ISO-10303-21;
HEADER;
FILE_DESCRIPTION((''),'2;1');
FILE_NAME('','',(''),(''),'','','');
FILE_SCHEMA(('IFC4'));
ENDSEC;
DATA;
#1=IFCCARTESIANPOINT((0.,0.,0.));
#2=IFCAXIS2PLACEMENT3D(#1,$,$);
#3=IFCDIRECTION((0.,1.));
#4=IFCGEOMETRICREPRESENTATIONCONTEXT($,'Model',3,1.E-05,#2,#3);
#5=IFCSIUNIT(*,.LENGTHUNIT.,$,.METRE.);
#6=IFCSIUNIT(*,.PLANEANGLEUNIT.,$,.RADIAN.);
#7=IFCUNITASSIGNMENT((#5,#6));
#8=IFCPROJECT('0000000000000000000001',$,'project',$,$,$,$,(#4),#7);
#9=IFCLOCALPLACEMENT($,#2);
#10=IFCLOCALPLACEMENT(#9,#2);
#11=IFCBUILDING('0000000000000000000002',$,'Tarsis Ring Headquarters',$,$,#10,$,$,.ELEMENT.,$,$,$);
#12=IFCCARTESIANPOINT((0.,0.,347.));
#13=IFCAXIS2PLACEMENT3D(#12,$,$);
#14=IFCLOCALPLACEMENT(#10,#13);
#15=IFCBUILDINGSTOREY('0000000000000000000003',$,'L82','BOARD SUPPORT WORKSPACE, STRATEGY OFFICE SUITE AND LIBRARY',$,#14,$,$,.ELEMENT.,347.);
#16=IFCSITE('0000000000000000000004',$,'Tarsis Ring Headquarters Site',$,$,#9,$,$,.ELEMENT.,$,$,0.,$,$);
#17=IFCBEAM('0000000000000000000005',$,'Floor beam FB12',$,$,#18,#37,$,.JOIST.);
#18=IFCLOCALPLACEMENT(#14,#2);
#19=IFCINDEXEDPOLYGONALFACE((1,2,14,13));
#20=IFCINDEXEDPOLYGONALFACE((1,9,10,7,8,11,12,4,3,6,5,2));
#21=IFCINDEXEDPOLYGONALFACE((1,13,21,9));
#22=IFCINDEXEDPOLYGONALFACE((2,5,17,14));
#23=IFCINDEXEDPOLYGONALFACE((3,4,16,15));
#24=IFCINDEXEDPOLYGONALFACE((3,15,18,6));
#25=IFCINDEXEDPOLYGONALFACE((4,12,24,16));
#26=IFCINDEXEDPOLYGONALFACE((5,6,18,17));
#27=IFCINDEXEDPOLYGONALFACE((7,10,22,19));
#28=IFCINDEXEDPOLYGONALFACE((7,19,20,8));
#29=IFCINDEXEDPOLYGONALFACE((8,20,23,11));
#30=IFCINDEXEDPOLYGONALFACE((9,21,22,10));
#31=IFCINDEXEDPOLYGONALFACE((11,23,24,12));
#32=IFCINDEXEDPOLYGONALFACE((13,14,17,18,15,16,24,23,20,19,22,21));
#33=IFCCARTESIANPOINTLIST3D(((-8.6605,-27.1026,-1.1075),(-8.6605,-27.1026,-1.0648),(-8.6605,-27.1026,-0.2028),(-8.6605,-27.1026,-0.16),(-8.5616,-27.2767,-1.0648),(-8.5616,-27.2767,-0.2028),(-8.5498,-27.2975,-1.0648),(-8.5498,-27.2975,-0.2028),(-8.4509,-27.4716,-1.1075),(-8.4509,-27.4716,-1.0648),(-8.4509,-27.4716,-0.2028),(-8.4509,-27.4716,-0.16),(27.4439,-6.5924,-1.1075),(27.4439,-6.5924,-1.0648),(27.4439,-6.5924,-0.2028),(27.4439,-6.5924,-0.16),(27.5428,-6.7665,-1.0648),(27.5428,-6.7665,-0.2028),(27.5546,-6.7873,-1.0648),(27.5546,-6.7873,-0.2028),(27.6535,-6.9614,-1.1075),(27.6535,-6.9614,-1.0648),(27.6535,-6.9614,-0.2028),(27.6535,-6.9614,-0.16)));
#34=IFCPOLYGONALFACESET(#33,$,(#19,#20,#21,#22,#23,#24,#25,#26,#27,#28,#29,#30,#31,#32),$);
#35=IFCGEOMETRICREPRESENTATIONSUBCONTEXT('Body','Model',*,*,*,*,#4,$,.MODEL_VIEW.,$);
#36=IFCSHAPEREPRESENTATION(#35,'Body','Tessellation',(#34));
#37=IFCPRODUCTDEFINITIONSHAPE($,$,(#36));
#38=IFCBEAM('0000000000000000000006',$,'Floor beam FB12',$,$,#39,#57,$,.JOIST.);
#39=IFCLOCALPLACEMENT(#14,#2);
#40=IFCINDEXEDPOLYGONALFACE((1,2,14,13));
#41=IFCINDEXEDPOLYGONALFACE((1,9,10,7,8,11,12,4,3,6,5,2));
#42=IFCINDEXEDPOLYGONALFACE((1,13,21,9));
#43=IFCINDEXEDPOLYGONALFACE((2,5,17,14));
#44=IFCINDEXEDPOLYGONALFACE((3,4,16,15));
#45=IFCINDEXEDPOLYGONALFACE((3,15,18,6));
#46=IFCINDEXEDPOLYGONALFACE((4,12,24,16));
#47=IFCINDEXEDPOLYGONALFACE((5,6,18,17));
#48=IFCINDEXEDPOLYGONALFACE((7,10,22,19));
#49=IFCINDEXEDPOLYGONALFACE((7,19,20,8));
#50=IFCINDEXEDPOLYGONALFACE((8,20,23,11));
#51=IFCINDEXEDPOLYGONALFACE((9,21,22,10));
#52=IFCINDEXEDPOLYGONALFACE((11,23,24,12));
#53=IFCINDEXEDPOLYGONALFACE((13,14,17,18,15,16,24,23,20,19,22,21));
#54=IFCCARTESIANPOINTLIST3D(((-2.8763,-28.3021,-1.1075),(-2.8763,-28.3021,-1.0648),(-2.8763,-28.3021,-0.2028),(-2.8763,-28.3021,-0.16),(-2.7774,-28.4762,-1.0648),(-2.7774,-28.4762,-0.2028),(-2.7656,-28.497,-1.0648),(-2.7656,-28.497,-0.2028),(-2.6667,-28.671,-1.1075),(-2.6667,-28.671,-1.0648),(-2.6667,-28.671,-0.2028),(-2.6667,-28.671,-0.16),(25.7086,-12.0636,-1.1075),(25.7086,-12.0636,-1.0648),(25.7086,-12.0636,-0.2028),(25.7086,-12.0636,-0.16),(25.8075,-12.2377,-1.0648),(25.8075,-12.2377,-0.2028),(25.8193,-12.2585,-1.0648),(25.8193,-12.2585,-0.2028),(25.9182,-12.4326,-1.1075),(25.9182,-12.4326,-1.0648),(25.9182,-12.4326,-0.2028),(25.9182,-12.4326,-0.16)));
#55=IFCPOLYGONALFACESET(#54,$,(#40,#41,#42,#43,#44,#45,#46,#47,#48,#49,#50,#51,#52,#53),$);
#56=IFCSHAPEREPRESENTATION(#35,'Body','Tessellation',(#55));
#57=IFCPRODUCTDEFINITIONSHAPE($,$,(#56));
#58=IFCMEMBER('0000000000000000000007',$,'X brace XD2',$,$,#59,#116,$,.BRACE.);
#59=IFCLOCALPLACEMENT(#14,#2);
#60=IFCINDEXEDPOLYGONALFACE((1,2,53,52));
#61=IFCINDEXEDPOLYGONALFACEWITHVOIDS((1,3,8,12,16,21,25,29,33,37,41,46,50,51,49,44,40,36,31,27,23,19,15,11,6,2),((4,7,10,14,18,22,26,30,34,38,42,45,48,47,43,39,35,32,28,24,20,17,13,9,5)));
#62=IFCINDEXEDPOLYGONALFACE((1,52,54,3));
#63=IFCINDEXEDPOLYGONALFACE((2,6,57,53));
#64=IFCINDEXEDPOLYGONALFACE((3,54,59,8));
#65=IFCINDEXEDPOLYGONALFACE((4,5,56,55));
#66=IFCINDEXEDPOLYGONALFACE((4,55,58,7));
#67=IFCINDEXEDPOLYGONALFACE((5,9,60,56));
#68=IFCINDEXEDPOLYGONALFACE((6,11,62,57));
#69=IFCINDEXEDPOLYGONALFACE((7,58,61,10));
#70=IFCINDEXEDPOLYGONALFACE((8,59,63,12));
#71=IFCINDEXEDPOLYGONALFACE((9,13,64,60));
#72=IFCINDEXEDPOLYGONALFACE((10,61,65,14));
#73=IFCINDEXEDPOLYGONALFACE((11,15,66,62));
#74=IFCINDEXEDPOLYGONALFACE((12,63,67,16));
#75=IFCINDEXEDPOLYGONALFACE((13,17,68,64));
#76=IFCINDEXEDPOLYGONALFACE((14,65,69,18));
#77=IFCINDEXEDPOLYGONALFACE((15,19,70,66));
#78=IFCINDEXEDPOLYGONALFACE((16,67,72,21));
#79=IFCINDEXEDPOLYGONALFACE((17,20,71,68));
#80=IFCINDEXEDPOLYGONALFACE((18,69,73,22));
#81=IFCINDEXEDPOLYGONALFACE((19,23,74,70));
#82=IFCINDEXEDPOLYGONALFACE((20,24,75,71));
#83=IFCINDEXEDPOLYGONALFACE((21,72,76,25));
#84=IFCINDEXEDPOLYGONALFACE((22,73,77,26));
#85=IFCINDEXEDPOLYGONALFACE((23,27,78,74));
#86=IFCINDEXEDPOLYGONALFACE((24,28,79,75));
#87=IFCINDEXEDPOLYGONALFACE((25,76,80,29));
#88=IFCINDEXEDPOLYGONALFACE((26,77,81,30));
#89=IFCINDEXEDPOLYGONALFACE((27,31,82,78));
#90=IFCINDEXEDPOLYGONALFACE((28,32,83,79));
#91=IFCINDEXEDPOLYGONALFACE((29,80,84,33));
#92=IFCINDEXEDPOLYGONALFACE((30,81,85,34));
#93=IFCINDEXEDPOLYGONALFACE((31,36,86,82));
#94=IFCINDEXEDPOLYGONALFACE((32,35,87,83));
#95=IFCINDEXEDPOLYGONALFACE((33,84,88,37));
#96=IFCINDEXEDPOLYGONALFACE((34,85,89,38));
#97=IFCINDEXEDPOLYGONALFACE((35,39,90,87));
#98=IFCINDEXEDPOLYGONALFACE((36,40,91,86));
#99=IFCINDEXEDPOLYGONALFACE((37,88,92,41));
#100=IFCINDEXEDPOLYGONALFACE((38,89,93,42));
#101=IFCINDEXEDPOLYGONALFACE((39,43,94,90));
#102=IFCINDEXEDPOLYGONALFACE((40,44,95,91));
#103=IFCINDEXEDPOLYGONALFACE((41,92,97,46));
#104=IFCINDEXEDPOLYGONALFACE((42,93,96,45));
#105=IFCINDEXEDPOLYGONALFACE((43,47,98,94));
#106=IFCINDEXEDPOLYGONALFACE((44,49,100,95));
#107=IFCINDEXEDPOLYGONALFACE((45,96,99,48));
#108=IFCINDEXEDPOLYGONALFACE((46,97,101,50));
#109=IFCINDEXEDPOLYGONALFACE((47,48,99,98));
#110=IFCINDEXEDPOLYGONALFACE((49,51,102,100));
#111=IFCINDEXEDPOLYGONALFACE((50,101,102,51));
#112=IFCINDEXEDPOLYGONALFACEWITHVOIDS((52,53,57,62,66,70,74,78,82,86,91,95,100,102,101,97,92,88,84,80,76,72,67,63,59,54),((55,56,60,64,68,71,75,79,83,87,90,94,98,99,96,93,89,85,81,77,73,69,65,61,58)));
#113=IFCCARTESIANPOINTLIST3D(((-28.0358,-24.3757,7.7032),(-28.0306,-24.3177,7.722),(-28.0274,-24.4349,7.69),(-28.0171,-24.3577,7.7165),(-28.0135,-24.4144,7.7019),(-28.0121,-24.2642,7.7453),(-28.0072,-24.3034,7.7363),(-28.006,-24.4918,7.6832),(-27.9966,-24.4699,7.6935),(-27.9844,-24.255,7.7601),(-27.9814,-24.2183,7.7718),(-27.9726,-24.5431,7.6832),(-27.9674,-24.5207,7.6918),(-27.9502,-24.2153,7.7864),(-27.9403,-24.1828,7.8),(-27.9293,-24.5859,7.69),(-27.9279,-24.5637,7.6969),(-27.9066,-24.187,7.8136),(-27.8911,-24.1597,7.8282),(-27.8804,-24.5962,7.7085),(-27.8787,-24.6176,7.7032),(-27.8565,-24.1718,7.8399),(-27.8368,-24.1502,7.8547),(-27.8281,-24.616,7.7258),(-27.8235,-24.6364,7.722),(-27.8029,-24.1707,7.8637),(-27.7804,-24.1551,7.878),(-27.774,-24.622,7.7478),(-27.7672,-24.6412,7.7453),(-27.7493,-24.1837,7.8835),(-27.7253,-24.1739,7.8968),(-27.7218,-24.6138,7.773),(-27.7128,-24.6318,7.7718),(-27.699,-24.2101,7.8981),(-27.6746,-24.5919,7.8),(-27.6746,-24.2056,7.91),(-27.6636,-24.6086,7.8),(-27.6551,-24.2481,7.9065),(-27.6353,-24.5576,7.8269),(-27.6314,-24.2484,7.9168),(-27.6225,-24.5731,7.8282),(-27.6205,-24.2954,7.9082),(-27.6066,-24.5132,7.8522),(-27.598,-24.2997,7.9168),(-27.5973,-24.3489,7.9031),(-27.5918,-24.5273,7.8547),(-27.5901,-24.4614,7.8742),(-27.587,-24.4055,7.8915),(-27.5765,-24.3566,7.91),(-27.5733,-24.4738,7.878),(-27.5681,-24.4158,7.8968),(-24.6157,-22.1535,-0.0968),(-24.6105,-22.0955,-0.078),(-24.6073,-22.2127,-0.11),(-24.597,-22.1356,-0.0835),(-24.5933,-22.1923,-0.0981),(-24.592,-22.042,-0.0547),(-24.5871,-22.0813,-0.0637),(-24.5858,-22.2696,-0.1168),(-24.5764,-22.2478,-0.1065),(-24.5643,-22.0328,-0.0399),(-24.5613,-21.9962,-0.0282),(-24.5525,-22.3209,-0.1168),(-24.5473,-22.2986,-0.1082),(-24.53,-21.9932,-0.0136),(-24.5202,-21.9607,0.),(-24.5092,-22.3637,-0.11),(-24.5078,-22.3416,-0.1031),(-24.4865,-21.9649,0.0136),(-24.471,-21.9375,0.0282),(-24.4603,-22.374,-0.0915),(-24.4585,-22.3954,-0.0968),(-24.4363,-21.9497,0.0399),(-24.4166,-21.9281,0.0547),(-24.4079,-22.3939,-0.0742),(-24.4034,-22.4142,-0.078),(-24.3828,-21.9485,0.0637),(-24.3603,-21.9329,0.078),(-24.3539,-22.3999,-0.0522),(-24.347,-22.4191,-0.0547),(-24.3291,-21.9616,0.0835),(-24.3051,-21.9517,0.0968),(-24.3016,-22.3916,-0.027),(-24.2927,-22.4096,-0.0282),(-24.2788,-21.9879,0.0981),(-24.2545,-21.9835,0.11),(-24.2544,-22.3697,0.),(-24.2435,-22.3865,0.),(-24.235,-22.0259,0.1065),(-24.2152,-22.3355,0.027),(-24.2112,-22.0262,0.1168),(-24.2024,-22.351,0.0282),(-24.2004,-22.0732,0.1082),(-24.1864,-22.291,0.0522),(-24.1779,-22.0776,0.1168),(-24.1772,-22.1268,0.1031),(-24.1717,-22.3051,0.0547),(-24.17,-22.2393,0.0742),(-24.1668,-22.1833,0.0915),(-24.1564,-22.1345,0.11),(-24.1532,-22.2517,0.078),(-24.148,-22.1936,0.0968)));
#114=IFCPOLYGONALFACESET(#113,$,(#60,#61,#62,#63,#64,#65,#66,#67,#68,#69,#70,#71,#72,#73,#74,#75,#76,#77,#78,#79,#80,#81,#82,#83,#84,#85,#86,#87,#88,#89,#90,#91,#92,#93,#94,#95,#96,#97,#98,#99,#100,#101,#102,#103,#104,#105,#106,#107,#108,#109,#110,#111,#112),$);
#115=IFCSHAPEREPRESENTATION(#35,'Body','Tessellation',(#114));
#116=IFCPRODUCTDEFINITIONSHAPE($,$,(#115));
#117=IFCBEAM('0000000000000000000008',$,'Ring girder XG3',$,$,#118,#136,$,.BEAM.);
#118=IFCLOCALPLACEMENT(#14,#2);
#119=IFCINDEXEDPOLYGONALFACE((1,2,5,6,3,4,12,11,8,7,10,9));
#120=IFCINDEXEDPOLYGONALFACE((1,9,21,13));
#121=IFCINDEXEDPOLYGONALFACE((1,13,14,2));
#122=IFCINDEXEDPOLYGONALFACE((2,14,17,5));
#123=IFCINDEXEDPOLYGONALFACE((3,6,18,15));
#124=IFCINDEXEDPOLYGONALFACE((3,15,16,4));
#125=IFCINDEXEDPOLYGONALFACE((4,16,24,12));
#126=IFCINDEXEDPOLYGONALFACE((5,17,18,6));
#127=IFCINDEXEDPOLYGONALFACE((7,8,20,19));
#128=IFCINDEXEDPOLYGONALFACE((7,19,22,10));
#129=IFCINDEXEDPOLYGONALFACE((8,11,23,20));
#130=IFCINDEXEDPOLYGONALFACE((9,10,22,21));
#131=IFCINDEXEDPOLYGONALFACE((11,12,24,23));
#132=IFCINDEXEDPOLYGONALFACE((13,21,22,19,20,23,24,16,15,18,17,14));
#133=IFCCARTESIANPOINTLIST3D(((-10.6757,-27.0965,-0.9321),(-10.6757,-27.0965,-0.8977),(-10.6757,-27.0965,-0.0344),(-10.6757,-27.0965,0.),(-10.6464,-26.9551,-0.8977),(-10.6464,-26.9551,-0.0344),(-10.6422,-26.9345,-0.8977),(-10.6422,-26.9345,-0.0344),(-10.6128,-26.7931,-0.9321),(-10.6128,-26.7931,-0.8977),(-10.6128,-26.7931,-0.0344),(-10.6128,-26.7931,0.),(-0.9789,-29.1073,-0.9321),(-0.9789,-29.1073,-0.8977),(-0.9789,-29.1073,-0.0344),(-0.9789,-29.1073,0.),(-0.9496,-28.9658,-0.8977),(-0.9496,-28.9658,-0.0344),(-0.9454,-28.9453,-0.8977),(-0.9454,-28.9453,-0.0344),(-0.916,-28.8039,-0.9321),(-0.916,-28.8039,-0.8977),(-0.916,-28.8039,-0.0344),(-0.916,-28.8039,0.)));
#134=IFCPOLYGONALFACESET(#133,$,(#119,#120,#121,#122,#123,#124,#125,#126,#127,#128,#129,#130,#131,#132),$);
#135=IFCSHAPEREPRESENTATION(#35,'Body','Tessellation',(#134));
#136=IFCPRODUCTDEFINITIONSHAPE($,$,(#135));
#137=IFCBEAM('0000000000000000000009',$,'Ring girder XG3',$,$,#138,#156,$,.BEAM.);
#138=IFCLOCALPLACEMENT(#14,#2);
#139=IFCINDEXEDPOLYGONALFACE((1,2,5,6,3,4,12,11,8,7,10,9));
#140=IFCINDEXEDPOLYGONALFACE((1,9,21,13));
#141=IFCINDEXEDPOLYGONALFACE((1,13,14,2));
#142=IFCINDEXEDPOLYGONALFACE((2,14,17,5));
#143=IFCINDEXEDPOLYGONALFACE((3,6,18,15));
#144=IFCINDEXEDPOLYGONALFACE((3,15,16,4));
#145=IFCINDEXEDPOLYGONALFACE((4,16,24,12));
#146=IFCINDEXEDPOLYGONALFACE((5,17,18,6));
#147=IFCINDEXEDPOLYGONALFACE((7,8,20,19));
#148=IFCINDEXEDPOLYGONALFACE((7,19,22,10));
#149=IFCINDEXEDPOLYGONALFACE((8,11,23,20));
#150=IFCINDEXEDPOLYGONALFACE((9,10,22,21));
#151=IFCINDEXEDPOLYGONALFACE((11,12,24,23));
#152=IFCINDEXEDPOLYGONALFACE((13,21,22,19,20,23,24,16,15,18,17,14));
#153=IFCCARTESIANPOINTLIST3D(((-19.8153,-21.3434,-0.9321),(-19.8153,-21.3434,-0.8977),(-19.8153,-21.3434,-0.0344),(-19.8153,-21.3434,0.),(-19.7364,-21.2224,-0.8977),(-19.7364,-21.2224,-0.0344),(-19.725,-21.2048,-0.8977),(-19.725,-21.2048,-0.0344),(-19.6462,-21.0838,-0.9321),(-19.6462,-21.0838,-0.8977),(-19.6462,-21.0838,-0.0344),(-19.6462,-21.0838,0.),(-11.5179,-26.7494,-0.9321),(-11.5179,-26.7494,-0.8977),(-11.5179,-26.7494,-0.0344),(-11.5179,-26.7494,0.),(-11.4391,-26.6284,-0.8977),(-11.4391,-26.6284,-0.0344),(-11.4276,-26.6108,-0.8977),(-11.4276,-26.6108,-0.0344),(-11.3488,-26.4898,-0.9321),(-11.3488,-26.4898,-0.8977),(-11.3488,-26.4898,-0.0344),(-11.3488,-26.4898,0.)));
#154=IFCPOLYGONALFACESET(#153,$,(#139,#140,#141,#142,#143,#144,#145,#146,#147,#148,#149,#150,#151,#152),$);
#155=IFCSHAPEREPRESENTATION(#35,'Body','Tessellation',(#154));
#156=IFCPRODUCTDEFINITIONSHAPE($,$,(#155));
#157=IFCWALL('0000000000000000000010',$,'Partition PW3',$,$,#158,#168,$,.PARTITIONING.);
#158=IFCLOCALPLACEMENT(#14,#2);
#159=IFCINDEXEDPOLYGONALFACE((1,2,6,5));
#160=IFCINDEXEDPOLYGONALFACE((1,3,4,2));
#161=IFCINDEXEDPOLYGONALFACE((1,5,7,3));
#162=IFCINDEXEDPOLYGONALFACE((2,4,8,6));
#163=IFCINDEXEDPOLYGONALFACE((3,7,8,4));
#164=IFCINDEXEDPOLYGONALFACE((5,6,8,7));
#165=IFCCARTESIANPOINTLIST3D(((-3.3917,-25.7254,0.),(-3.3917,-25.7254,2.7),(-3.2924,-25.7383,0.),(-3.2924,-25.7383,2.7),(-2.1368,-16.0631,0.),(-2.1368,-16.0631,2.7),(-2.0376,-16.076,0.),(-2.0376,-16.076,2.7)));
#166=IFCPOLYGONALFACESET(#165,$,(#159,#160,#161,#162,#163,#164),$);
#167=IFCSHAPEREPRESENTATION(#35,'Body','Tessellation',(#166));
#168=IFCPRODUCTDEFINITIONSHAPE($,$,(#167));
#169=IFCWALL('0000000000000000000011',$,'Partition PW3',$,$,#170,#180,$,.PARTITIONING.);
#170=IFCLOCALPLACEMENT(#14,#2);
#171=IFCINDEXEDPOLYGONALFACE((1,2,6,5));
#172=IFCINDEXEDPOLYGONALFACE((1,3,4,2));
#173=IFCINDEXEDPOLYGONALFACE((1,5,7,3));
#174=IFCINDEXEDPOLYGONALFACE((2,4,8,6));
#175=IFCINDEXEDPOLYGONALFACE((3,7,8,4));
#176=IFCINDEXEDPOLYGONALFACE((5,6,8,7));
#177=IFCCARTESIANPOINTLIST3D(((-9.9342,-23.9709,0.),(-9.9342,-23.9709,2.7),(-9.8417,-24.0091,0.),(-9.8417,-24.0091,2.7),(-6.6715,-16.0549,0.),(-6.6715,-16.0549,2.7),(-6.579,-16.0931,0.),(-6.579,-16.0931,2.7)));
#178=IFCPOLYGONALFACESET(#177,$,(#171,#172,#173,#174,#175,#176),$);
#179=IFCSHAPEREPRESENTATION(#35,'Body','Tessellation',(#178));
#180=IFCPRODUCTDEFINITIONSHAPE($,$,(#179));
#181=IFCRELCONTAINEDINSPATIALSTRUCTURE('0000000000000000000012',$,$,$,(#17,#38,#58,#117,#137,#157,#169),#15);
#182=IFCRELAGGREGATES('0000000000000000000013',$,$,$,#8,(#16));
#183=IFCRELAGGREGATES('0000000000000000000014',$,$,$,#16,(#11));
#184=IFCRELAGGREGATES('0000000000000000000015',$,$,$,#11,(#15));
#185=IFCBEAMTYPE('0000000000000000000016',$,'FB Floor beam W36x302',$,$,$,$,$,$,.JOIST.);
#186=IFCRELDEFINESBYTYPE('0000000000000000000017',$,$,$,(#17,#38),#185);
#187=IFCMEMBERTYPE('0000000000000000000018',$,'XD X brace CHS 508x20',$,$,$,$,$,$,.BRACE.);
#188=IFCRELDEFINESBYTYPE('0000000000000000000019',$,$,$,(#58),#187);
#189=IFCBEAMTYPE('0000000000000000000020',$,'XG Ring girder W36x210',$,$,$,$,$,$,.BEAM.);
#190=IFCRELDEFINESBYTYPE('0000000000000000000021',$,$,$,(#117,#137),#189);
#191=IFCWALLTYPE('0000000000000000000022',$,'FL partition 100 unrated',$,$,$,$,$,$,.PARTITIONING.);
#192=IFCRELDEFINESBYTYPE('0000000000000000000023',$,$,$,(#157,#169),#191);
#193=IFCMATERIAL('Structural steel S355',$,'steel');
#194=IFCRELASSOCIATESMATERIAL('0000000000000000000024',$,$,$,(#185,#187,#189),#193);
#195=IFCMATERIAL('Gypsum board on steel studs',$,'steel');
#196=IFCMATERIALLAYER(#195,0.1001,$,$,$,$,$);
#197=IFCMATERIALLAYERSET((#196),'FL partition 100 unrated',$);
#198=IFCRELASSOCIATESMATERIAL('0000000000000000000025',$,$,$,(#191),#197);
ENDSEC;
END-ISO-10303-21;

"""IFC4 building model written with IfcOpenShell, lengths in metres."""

from ifc_helpers import new_model, si_unit, direction, frame, frame_2d, origin, origin_2d, place, context, subcontext, project, spatial, rectangle, hollow_circle, i_section, extrude, material, layer, layer_set, material_profile, profile_set, type_object, element, save


model = new_model("IFC4")

# Units and contexts
model_context = context("Model", 3, precision=1e-05, world=origin(), true_north=direction((0.0, 1.0)))
body_context = subcontext(model_context, "Body", "Model", "MODEL_VIEW")
ifc_project = project(units=[si_unit("LENGTHUNIT", "METRE"), si_unit("PLANEANGLEUNIT", "RADIAN")], contexts=[model_context])

# Site, building, storey
site_placement = place(None, origin())
site = spatial("IfcSite", under=ifc_project, at=site_placement, Name="Tarsis Ring Headquarters Site", CompositionType="ELEMENT", RefElevation=0.0)
building_placement = place(site_placement, origin())
building = spatial("IfcBuilding", under=site, at=building_placement, Name="Tarsis Ring Headquarters", CompositionType="ELEMENT")
storey_placement = place(building_placement, frame((0.0, 0.0, 347.0)))
storey = spatial("IfcBuildingStorey", under=building, at=storey_placement, Name="L82", Description="BOARD SUPPORT WORKSPACE, STRATEGY OFFICE SUITE AND LIBRARY", CompositionType="ELEMENT", Elevation=347.0)

# Shared definitions
ifc_material_1 = material(Name="Structural steel S355", Category="steel")

# Beams
ifc_material_profile_1 = material_profile(ifc_material_1, i_section(OverallWidth=0.4243, OverallDepth=0.9475, WebThickness=0.0239, FlangeThickness=0.0427, at=origin_2d()), Name="W36x302")
ifc_profile_set_1 = profile_set([ifc_material_profile_1], Name="Structural steel S355")
beam_type_1 = type_object("IfcBeamType", Name="FB Floor beam W36x302", PredefinedType="JOIST", material=ifc_profile_set_1)
beam_1_placement = place(storey_placement, frame((-8.5557, -27.2871, -0.6338), z_axis=(0.869494, 0.493943, 0.0), x_axis=(-0.493943, 0.869494, 0.0)))
element("IfcBeam", 1, at=beam_1_placement, inside=storey, type_object=beam_type_1, Name="Floor beam FB12", PredefinedType="JOIST", context=body_context, shape_type="SweptSolid", body=[
    extrude(i_section(OverallWidth=0.4243, OverallDepth=0.9475, WebThickness=0.0239, FlangeThickness=0.0427, at=origin_2d()), origin(), (0.0, 0.0, 1.0), 41.5234),
])
beam_2_placement = place(storey_placement, frame((-2.7715, -28.4866, -0.6338), z_axis=(0.869495, 0.493942, 0.0), x_axis=(-0.493942, 0.869495, 0.0)))
element("IfcBeam", 2, at=beam_2_placement, inside=storey, type_object=beam_type_1, Name="Floor beam FB12", PredefinedType="JOIST", context=body_context, shape_type="SweptSolid", body=[
    extrude(i_section(OverallWidth=0.4243, OverallDepth=0.9475, WebThickness=0.0239, FlangeThickness=0.0427, at=origin_2d()), origin(), (0.0, 0.0, 1.0), 32.8752),
])

# Member
ifc_material_profile_2 = material_profile(ifc_material_1, hollow_circle(Radius=0.2539, WallThickness=0.02, at=origin_2d()), Name="CHS 508x20")
ifc_profile_set_2 = profile_set([ifc_material_profile_2], Name="Structural steel S355")
member_type = type_object("IfcMemberType", Name="XD X brace CHS 508x20", PredefinedType="BRACE", material=ifc_profile_set_2)
member_placement = place(storey_placement, frame((-24.3818, -22.1736, 0.0), z_axis=(-0.388564, -0.25246, 0.886161), x_axis=(0.544826, -0.838549, 0.0)))
element("IfcMember", 3, at=member_placement, inside=storey, type_object=member_type, Name="X brace XD2", PredefinedType="BRACE", context=body_context, shape_type="SweptSolid", body=[
    extrude(hollow_circle(Radius=0.2539, WallThickness=0.02, at=origin_2d()), origin(), (0.0, 0.0, 1.0), 8.802),
])

# Beams
ifc_material_profile_3 = material_profile(ifc_material_1, i_section(OverallWidth=0.3098, OverallDepth=0.9321, WebThickness=0.021, FlangeThickness=0.0344, at=origin_2d()), Name="W36x210")
ifc_profile_set_3 = profile_set([ifc_material_profile_3], Name="Structural steel S355")
beam_type_2 = type_object("IfcBeamType", Name="XG Ring girder W36x210", PredefinedType="BEAM", material=ifc_profile_set_3)
for number, where, z_axis, x_axis, name in (
    (4, (-10.6443, -26.9448, -0.4661), (0.97917, -0.203043, 0.0), (0.203043, 0.97917, 0.0), "Ring girder XG3"),
    (5, (-19.7307, -21.2136, -0.4661), (0.837856, -0.545891, 0.0), (0.545891, 0.837856, 0.0), "Ring girder XG3"),
):
    element("IfcBeam", number, at=place(storey_placement, frame(where, z_axis=z_axis, x_axis=x_axis)), inside=storey, type_object=beam_type_2, Name=name, PredefinedType="BEAM", context=body_context, shape_type="SweptSolid", body=[
        extrude(i_section(OverallWidth=0.3098, OverallDepth=0.9321, WebThickness=0.021, FlangeThickness=0.0344, at=origin_2d()), origin(), (0.0, 0.0, 1.0), 9.9031),
    ])

# Walls
ifc_material_2 = material(Name="Gypsum board on steel studs", Category="steel")
ifc_layer_1 = layer(ifc_material_2, 0.1001)
ifc_layer_set_1 = layer_set([ifc_layer_1], Name="FL partition 100 unrated")
wall_type_1 = type_object("IfcWallType", Name="FL partition 100 unrated", PredefinedType="PARTITIONING", material=ifc_layer_set_1)
wall_1_placement = place(storey_placement, frame((-3.342, -25.7317, 0.0), z_axis=(0.0, 0.0, 1.0), x_axis=(0.128792, 0.991672, 0.0)))
element("IfcWall", 6, at=wall_1_placement, inside=storey, type_object=wall_type_1, Name="Partition PW3", PredefinedType="PARTITIONING", context=body_context, shape_type="SweptSolid", body=[
    extrude(rectangle(XDim=9.7434, YDim=0.1001, at=frame_2d((4.8716, 0.0))), origin(), (0.0, 0.0, 1.0), 2.7),
])
wall_2_placement = place(storey_placement, frame((-9.8879, -23.99, 0.0), z_axis=(0.0, 0.0, 1.0), x_axis=(0.381065, 0.924548, 0.0)))
element("IfcWall", 7, at=wall_2_placement, inside=storey, type_object=wall_type_1, Name="Partition PW3", PredefinedType="PARTITIONING", context=body_context, shape_type="SweptSolid", body=[
    extrude(rectangle(XDim=8.562, YDim=0.1001, at=frame_2d((4.281, 0.0))), origin(), (0.0, 0.0, 1.0), 2.7),
])

save(model, "model.ifc")
